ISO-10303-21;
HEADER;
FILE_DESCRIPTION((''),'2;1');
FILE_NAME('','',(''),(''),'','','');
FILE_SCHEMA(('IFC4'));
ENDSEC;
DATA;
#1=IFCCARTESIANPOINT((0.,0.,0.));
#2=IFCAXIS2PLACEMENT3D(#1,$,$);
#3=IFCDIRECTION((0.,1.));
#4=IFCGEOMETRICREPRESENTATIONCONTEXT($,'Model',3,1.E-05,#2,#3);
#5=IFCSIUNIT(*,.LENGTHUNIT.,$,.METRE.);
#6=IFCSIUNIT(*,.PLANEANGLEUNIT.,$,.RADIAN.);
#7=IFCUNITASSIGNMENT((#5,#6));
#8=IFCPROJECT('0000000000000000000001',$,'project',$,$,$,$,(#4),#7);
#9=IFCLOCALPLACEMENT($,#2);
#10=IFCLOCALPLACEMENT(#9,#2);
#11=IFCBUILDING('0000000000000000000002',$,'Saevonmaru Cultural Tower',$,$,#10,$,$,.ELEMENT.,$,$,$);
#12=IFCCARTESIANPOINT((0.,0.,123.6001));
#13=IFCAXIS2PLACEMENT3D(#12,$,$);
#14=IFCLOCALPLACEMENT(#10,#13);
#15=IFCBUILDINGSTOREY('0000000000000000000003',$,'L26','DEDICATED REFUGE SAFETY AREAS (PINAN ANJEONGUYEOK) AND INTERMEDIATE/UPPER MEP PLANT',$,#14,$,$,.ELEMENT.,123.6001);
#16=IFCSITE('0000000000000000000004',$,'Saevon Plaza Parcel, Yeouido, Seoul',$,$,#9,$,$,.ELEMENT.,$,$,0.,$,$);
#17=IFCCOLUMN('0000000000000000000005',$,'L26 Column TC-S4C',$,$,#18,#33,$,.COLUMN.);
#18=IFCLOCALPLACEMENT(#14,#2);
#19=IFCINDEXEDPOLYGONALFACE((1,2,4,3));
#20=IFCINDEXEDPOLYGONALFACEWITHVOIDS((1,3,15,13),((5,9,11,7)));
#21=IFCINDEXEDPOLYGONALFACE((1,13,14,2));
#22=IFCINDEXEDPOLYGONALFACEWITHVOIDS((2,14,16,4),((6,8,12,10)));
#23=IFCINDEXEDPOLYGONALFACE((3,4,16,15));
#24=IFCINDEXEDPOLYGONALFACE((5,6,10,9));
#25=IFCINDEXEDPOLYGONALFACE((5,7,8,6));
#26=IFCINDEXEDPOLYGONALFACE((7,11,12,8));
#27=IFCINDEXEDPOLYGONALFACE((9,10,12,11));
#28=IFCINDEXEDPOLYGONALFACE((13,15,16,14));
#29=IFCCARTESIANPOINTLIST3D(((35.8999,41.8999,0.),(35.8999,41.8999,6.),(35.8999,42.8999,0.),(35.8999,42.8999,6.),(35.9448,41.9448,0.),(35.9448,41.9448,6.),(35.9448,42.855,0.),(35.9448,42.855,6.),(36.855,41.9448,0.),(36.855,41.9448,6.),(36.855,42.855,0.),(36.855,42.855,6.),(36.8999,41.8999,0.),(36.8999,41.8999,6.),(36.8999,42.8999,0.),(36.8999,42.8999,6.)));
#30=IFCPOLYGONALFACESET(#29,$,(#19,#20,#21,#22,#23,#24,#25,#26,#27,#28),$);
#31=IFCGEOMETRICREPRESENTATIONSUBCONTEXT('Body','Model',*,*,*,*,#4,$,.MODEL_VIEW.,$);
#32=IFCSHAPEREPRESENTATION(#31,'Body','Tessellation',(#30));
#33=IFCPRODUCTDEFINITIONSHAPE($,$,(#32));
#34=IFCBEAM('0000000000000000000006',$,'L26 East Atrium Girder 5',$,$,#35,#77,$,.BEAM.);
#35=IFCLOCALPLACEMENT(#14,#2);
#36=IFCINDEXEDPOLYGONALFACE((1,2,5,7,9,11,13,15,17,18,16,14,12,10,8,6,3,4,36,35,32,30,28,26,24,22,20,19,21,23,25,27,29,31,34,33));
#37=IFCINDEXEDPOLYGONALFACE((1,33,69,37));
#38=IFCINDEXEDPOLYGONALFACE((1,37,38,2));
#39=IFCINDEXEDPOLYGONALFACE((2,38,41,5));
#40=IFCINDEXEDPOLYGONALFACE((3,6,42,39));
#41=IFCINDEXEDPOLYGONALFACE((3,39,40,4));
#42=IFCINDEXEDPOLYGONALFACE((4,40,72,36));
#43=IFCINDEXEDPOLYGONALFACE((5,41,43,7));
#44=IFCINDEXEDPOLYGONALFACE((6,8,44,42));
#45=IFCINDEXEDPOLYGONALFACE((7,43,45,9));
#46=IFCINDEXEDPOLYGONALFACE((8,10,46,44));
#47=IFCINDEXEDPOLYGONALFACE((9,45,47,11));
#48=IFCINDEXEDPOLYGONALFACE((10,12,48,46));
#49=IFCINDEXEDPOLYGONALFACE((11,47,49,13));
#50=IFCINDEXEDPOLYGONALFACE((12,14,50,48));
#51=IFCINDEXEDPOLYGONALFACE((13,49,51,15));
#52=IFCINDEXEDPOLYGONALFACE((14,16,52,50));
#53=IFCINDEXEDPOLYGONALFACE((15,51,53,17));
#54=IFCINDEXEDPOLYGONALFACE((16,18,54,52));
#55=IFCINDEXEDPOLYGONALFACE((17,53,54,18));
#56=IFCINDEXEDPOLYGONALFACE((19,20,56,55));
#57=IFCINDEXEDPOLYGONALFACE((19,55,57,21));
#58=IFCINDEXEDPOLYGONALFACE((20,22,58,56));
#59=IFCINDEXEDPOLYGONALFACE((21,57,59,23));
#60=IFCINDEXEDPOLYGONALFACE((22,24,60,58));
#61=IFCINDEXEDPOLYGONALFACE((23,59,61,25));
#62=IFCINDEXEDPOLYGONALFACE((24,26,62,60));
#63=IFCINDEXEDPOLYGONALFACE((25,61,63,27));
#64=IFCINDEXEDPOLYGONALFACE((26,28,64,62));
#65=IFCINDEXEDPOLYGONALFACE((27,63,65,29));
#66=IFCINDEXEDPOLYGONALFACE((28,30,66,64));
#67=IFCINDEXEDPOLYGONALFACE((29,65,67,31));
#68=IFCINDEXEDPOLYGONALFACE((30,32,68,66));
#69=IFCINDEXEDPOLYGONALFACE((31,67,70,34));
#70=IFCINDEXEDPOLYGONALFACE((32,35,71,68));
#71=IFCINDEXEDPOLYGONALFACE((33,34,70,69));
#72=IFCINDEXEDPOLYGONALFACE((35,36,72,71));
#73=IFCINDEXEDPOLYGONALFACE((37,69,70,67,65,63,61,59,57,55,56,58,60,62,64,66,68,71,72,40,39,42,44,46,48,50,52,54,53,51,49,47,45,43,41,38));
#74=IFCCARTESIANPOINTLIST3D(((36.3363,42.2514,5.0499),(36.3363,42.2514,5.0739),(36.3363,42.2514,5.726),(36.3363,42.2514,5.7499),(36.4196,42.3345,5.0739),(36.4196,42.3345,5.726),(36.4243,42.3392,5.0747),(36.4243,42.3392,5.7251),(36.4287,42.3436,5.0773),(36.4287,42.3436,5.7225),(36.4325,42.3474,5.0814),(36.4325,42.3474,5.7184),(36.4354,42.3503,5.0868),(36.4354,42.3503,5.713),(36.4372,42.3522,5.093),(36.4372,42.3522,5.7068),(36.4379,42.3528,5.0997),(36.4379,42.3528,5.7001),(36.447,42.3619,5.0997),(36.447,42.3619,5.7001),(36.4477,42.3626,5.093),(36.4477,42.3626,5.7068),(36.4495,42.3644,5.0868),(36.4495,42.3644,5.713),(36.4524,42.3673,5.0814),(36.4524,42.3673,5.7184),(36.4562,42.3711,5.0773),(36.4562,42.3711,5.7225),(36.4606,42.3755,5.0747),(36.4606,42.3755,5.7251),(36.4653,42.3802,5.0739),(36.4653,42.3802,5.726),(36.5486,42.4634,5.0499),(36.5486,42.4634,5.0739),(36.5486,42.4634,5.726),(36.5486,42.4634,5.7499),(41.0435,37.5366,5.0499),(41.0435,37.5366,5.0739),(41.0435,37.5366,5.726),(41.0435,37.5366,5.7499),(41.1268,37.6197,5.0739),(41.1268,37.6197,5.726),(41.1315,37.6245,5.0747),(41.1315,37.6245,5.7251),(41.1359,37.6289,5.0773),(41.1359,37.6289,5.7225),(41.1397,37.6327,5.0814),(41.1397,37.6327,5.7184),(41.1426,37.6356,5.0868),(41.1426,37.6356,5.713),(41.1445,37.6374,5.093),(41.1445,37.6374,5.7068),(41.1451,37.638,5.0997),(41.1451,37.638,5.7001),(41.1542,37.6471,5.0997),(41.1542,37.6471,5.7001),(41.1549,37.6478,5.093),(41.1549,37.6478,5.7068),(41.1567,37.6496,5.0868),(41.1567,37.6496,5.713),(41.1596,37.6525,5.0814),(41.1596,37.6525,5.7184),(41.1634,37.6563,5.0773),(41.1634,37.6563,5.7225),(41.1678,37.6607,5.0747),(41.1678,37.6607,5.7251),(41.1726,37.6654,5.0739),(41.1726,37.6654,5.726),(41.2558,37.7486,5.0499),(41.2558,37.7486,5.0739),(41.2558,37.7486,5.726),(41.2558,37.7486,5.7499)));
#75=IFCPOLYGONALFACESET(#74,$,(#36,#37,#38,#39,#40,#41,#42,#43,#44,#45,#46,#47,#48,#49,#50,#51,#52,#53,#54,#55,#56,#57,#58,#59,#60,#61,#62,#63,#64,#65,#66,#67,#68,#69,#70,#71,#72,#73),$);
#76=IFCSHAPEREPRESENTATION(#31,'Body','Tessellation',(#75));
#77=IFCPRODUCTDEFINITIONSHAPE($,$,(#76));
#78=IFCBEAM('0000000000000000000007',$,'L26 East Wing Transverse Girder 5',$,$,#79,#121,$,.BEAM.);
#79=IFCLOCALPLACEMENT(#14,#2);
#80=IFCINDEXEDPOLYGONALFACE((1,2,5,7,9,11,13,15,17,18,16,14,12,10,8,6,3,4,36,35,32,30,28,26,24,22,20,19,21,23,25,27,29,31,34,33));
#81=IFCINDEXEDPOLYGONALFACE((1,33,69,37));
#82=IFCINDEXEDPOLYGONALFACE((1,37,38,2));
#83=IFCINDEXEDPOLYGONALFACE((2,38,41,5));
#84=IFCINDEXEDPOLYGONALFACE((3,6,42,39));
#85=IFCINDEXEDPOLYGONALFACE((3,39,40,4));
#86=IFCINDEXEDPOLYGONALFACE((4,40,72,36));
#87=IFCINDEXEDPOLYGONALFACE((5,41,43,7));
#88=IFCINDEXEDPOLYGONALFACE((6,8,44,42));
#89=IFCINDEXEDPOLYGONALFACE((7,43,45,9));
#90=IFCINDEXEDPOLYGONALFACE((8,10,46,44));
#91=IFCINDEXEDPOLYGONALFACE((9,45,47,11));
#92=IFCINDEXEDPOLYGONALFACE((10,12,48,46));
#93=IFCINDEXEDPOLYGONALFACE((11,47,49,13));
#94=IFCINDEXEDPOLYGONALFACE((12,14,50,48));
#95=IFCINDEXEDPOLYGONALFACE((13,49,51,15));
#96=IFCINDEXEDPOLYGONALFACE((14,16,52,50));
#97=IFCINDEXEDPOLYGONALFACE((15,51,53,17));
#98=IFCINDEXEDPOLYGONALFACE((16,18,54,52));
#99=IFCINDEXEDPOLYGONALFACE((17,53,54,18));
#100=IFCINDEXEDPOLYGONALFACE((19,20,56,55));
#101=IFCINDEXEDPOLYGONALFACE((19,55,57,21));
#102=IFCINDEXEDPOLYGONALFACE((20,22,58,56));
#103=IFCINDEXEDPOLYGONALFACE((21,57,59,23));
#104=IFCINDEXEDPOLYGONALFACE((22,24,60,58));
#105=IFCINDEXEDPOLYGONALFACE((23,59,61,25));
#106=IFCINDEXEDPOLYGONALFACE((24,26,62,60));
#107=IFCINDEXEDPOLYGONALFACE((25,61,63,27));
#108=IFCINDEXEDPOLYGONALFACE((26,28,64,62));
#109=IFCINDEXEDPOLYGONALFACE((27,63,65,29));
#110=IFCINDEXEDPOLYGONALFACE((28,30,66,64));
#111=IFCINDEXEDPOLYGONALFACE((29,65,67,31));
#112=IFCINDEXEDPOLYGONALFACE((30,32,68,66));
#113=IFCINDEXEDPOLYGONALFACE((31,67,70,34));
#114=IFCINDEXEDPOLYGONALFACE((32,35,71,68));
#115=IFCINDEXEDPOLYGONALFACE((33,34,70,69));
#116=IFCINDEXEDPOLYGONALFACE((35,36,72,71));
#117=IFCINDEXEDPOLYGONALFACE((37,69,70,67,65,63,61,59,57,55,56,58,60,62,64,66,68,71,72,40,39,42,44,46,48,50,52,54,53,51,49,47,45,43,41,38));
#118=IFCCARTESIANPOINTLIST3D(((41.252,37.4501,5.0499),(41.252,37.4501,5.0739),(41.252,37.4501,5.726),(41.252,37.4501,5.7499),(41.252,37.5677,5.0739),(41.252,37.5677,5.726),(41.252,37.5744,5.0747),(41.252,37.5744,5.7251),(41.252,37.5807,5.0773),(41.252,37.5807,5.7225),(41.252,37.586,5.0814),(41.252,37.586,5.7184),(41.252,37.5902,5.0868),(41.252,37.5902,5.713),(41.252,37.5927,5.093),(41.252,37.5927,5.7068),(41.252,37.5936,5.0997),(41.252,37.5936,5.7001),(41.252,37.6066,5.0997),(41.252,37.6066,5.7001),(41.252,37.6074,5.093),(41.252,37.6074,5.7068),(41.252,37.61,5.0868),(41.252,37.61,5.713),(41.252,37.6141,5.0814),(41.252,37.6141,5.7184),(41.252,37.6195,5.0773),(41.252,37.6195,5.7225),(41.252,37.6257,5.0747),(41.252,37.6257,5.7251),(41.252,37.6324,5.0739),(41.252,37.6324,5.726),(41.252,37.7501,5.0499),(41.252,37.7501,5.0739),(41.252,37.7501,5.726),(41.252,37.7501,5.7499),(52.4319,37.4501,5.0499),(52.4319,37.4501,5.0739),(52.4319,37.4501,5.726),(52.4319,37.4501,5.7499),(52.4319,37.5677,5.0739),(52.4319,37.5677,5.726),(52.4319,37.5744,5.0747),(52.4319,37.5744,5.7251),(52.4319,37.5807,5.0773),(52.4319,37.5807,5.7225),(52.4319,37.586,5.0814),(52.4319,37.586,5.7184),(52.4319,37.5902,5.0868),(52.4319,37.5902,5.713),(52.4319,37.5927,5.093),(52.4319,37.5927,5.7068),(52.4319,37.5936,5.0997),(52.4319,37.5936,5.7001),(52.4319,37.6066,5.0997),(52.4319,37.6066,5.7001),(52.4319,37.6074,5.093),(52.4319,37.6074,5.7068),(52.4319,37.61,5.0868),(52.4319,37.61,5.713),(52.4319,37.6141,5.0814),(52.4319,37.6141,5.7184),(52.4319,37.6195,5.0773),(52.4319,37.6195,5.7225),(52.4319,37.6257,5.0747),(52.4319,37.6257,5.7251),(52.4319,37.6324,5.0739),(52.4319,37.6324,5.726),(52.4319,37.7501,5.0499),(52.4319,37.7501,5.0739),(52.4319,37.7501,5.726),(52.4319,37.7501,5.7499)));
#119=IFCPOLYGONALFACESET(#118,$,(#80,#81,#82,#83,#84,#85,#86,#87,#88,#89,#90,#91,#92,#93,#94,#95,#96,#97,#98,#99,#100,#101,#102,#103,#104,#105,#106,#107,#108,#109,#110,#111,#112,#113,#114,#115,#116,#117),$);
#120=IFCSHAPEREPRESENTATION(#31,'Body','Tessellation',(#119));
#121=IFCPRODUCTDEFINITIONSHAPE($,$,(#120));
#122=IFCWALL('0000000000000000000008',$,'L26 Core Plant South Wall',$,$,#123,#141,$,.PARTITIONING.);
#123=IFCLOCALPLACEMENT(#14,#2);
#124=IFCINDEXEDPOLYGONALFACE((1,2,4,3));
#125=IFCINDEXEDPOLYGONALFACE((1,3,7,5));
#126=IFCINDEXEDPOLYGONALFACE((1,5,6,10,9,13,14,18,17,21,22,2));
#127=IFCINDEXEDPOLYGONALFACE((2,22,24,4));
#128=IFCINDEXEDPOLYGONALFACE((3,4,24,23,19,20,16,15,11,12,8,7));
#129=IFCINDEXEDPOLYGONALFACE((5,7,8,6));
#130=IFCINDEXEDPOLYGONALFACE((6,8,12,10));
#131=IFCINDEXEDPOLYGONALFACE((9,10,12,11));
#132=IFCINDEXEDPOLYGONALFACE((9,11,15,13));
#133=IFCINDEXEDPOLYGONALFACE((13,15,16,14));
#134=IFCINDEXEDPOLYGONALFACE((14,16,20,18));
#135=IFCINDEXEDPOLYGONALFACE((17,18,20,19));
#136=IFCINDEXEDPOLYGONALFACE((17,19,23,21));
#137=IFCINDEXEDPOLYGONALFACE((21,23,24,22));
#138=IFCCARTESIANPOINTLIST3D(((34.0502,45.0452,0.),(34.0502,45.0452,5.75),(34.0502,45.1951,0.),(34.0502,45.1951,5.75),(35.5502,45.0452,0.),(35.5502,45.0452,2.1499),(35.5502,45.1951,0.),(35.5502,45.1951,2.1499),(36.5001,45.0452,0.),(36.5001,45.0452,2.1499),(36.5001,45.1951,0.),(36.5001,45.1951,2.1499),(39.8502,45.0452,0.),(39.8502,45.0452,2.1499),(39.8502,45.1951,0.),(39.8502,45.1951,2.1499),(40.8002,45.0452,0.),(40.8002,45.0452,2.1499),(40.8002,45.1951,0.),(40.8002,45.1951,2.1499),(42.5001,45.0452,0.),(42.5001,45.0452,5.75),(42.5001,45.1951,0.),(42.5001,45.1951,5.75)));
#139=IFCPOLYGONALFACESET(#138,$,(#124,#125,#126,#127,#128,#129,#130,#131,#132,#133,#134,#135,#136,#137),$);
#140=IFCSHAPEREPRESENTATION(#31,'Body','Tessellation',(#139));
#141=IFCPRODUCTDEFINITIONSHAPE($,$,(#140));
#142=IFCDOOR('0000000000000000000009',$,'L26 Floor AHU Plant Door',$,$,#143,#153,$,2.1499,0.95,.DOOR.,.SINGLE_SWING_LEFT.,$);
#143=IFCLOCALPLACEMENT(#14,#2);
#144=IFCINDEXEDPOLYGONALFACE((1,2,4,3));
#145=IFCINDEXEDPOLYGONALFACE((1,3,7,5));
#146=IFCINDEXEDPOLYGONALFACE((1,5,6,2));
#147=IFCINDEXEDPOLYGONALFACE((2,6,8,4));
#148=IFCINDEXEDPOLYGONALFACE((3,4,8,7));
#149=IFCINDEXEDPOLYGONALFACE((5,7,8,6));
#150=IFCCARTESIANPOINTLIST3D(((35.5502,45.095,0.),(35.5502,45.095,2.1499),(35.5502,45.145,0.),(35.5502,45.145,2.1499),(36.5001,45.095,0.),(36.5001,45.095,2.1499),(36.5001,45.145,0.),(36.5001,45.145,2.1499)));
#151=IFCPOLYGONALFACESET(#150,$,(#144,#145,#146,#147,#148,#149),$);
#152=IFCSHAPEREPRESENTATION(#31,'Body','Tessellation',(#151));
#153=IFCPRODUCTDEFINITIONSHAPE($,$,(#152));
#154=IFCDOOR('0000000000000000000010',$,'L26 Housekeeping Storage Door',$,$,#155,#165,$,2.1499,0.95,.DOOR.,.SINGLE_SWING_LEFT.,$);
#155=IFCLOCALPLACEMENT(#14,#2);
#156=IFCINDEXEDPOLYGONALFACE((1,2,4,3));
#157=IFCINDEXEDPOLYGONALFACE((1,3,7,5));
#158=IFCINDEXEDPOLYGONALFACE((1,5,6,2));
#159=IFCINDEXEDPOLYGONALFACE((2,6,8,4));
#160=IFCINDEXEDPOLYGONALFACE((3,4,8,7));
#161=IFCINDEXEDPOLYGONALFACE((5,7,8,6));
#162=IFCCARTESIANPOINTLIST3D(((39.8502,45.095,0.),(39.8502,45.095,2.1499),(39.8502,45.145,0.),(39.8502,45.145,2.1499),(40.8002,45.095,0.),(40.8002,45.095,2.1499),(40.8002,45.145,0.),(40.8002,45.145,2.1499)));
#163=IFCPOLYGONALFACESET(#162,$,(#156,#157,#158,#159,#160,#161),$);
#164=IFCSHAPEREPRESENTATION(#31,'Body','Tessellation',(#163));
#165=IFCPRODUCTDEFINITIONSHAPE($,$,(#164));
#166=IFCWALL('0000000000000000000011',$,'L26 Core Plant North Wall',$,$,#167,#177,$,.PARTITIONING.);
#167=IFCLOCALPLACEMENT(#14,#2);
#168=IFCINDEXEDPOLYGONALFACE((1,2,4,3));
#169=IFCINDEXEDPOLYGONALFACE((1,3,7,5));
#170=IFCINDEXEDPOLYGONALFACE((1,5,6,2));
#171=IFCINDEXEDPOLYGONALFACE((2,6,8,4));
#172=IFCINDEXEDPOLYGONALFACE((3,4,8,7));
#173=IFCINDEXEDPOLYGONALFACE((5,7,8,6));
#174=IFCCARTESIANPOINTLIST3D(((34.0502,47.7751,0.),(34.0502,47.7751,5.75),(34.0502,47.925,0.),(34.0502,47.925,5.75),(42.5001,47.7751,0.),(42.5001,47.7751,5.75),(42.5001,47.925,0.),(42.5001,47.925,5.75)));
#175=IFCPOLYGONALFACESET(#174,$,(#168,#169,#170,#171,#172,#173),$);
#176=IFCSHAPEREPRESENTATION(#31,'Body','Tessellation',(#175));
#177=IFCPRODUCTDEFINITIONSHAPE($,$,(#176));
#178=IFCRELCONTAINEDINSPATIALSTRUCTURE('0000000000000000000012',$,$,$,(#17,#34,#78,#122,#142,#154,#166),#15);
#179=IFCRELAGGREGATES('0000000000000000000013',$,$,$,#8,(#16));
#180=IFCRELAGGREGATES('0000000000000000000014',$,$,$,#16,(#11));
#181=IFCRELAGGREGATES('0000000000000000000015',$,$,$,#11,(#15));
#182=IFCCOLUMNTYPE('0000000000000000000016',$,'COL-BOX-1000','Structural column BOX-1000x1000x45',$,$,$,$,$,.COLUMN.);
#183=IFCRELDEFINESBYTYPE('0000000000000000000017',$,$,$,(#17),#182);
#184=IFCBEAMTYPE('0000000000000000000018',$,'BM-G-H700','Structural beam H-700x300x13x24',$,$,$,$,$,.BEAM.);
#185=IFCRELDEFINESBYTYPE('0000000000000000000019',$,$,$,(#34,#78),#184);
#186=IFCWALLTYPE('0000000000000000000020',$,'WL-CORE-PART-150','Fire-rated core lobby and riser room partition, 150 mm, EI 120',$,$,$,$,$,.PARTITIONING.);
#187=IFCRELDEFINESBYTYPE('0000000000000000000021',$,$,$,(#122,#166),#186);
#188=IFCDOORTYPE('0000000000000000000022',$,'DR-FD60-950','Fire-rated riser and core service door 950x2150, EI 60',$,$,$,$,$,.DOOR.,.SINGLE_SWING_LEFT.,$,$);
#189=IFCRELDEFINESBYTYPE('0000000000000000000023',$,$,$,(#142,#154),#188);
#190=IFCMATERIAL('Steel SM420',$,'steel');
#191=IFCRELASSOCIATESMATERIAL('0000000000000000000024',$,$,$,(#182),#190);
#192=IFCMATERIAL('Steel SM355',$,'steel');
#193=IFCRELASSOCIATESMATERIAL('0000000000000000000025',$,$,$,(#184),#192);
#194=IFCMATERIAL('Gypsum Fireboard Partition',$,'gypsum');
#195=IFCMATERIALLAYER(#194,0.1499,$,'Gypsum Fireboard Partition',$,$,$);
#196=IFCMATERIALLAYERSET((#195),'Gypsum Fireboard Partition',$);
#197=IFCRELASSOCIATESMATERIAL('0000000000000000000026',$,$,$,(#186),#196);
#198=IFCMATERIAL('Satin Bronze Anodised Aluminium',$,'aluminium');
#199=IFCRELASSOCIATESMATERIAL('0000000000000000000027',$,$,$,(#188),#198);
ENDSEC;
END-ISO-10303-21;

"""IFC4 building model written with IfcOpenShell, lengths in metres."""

from ifc_helpers import new_model, si_unit, direction, frame, frame_2d, origin, origin_2d, place, context, subcontext, project, spatial, rectangle, hollow_rectangle, i_section, extrude, material, layer, layer_set, material_profile, profile_set, type_object, element, fill, save


model = new_model("IFC4")

# Units and contexts
model_context = context("Model", 3, precision=1e-05, world=origin(), true_north=direction((0.0, 1.0)))
body_context = subcontext(model_context, "Body", "Model", "MODEL_VIEW")
ifc_project = project(units=[si_unit("LENGTHUNIT", "METRE"), si_unit("PLANEANGLEUNIT", "RADIAN")], contexts=[model_context])

# Site, building, storey
site_placement = place(None, origin())
site = spatial("IfcSite", under=ifc_project, at=site_placement, Name="Saevon Plaza Parcel, Yeouido, Seoul", CompositionType="ELEMENT", RefElevation=0.0)
building_placement = place(site_placement, origin())
building = spatial("IfcBuilding", under=site, at=building_placement, Name="Saevonmaru Cultural Tower", CompositionType="ELEMENT")
storey_placement = place(building_placement, frame((0.0, 0.0, 123.6001)))
storey = spatial("IfcBuildingStorey", under=building, at=storey_placement, Name="L26", Description="DEDICATED REFUGE SAFETY AREAS (PINAN ANJEONGUYEOK) AND INTERMEDIATE/UPPER MEP PLANT", CompositionType="ELEMENT", Elevation=123.6001)

# Column
ifc_material_1 = material(Name="Steel SM420", Category="steel")
ifc_material_profile_1 = material_profile(ifc_material_1, hollow_rectangle(XDim=1.0, YDim=1.0, WallThickness=0.0449, at=origin_2d()), Name="BOX-1000x1000x45")
ifc_profile_set_1 = profile_set([ifc_material_profile_1], Name="Steel SM420")
column_type = type_object("IfcColumnType", Name="COL-BOX-1000", Description="Structural column BOX-1000x1000x45", PredefinedType="COLUMN", material=ifc_profile_set_1)
column_placement = place(storey_placement, frame((36.3999, 42.3999, 0.0), z_axis=(0.0, 0.0, 1.0), x_axis=(1.0, 0.0, 0.0)))
element("IfcColumn", 1, at=column_placement, inside=storey, type_object=column_type, Name="L26 Column TC-S4C", PredefinedType="COLUMN", context=body_context, shape_type="SweptSolid", body=[
    extrude(hollow_rectangle(XDim=1.0, YDim=1.0, WallThickness=0.0449, at=origin_2d()), origin(), (0.0, 0.0, 1.0), 6.0),
])

# Beams
ifc_material_2 = material(Name="Steel SM355", Category="steel")
ifc_material_profile_2 = material_profile(ifc_material_2, i_section(OverallWidth=0.3, OverallDepth=0.7, WebThickness=0.0129, FlangeThickness=0.0239, FilletRadius=0.0259, at=origin_2d()), Name="H-700x300x13x24")
ifc_profile_set_2 = profile_set([ifc_material_profile_2], Name="Steel SM355")
beam_type = type_object("IfcBeamType", Name="BM-G-H700", Description="Structural beam H-700x300x13x24", PredefinedType="BEAM", material=ifc_profile_set_2)
beam_1_placement = place(storey_placement, frame((41.1497, 37.6426, 5.3999), z_axis=(-0.706539, 0.707675, 0.0), x_axis=(-0.707675, -0.706539, 0.0)))
element("IfcBeam", 2, at=beam_1_placement, inside=storey, type_object=beam_type, Name="L26 East Atrium Girder 5", PredefinedType="BEAM", context=body_context, shape_type="SweptSolid", body=[
    extrude(i_section(OverallWidth=0.3, OverallDepth=0.7, WebThickness=0.0129, FlangeThickness=0.0239, FilletRadius=0.0259, at=origin_2d()), origin(), (0.0, 0.0, 1.0), 6.6624),
])
beam_2_placement = place(storey_placement, frame((41.252, 37.6001, 5.3999), z_axis=(1.0, 0.0, 0.0), x_axis=(0.0, 1.0, 0.0)))
element("IfcBeam", 3, at=beam_2_placement, inside=storey, type_object=beam_type, Name="L26 East Wing Transverse Girder 5", PredefinedType="BEAM", context=body_context, shape_type="SweptSolid", body=[
    extrude(i_section(OverallWidth=0.3, OverallDepth=0.7, WebThickness=0.0129, FlangeThickness=0.0239, FilletRadius=0.0259, at=origin_2d()), origin(), (0.0, 0.0, 1.0), 11.1799),
])

# Shared definitions
ifc_material_3 = material(Name="Gypsum Fireboard Partition", Category="gypsum")
ifc_layer_1 = layer(ifc_material_3, 0.1499, Name="Gypsum Fireboard Partition")
ifc_layer_set_1 = layer_set([ifc_layer_1], Name="Gypsum Fireboard Partition")
wall_type_1 = type_object("IfcWallType", Name="WL-CORE-PART-150", Description="Fire-rated core lobby and riser room partition, 150 mm, EI 120", PredefinedType="PARTITIONING", material=ifc_layer_set_1)
ifc_material_4 = material(Name="Satin Bronze Anodised Aluminium", Category="aluminium")

# Wall, openings, doors
wall_1_placement = place(storey_placement, frame((34.05, 45.1201, 0.0), z_axis=(0.0, 0.0, 1.0), x_axis=(1.0, 0.0, 0.0)))
wall_1 = element("IfcWall", 4, at=wall_1_placement, inside=storey, type_object=wall_type_1, Name="L26 Core Plant South Wall", PredefinedType="PARTITIONING", context=body_context, shape_type="SweptSolid", body=[
    extrude(rectangle(XDim=8.45, YDim=0.1499, at=frame_2d((4.2251, 0.0))), origin(), (0.0, 0.0, 1.0), 5.75),
])
opening_1_placement = place(wall_1_placement, frame((1.5, 0.0, 0.0)))
opening_1 = element("IfcOpeningElement", 5, at=opening_1_placement, cuts=wall_1, PredefinedType="OPENING", context=body_context, shape_type="SweptSolid", body=[
    extrude(rectangle(XDim=0.95, YDim=2.1499, at=frame_2d((0.4751, 1.075))), frame((0.0, 0.085, 0.0), z_axis=(0.0, -1.0, 0.0), x_axis=(1.0, 0.0, 0.0)), (0.0, 0.0, 1.0), 0.1699),
])
opening_2_placement = place(wall_1_placement, frame((5.8, 0.0, 0.0)))
opening_2 = element("IfcOpeningElement", 6, at=opening_2_placement, cuts=wall_1, PredefinedType="OPENING", context=body_context, shape_type="SweptSolid", body=[
    extrude(rectangle(XDim=0.95, YDim=2.1499, at=frame_2d((0.4751, 1.075))), frame((0.0, 0.085, 0.0), z_axis=(0.0, -1.0, 0.0), x_axis=(1.0, 0.0, 0.0)), (0.0, 0.0, 1.0), 0.1699),
])
door_type_1 = type_object("IfcDoorType", Name="DR-FD60-950", Description="Fire-rated riser and core service door 950x2150, EI 60", OperationType="SINGLE_SWING_LEFT", PredefinedType="DOOR", material=ifc_material_4)
door_1_placement = place(opening_1_placement, origin())
door_1 = element("IfcDoor", 7, at=door_1_placement, inside=storey, type_object=door_type_1, Name="L26 Floor AHU Plant Door", OperationType="SINGLE_SWING_LEFT", OverallHeight=2.1499, OverallWidth=0.95, PredefinedType="DOOR", context=body_context, shape_type="SweptSolid", body=[
    extrude(rectangle(XDim=0.95, YDim=2.1499, at=frame_2d((0.4751, 1.075))), frame((0.0, 0.0249, 0.0), z_axis=(0.0, -1.0, 0.0), x_axis=(1.0, 0.0, 0.0)), (0.0, 0.0, 1.0), 0.05),
])
fill(opening_1, door_1)
door_2_placement = place(opening_2_placement, origin())
door_2 = element("IfcDoor", 8, at=door_2_placement, inside=storey, type_object=door_type_1, Name="L26 Housekeeping Storage Door", OperationType="SINGLE_SWING_LEFT", OverallHeight=2.1499, OverallWidth=0.95, PredefinedType="DOOR", context=body_context, shape_type="SweptSolid", body=[
    extrude(rectangle(XDim=0.95, YDim=2.1499, at=frame_2d((0.4751, 1.075))), frame((0.0, 0.0249, 0.0), z_axis=(0.0, -1.0, 0.0), x_axis=(1.0, 0.0, 0.0)), (0.0, 0.0, 1.0), 0.05),
])
fill(opening_2, door_2)

# Wall
wall_2_placement = place(storey_placement, frame((34.05, 47.8501, 0.0), z_axis=(0.0, 0.0, 1.0), x_axis=(1.0, 0.0, 0.0)))
element("IfcWall", 9, at=wall_2_placement, inside=storey, type_object=wall_type_1, Name="L26 Core Plant North Wall", PredefinedType="PARTITIONING", context=body_context, shape_type="SweptSolid", body=[
    extrude(rectangle(XDim=8.45, YDim=0.1499, at=frame_2d((4.2251, 0.0))), origin(), (0.0, 0.0, 1.0), 5.75),
])

save(model, "model.ifc")
